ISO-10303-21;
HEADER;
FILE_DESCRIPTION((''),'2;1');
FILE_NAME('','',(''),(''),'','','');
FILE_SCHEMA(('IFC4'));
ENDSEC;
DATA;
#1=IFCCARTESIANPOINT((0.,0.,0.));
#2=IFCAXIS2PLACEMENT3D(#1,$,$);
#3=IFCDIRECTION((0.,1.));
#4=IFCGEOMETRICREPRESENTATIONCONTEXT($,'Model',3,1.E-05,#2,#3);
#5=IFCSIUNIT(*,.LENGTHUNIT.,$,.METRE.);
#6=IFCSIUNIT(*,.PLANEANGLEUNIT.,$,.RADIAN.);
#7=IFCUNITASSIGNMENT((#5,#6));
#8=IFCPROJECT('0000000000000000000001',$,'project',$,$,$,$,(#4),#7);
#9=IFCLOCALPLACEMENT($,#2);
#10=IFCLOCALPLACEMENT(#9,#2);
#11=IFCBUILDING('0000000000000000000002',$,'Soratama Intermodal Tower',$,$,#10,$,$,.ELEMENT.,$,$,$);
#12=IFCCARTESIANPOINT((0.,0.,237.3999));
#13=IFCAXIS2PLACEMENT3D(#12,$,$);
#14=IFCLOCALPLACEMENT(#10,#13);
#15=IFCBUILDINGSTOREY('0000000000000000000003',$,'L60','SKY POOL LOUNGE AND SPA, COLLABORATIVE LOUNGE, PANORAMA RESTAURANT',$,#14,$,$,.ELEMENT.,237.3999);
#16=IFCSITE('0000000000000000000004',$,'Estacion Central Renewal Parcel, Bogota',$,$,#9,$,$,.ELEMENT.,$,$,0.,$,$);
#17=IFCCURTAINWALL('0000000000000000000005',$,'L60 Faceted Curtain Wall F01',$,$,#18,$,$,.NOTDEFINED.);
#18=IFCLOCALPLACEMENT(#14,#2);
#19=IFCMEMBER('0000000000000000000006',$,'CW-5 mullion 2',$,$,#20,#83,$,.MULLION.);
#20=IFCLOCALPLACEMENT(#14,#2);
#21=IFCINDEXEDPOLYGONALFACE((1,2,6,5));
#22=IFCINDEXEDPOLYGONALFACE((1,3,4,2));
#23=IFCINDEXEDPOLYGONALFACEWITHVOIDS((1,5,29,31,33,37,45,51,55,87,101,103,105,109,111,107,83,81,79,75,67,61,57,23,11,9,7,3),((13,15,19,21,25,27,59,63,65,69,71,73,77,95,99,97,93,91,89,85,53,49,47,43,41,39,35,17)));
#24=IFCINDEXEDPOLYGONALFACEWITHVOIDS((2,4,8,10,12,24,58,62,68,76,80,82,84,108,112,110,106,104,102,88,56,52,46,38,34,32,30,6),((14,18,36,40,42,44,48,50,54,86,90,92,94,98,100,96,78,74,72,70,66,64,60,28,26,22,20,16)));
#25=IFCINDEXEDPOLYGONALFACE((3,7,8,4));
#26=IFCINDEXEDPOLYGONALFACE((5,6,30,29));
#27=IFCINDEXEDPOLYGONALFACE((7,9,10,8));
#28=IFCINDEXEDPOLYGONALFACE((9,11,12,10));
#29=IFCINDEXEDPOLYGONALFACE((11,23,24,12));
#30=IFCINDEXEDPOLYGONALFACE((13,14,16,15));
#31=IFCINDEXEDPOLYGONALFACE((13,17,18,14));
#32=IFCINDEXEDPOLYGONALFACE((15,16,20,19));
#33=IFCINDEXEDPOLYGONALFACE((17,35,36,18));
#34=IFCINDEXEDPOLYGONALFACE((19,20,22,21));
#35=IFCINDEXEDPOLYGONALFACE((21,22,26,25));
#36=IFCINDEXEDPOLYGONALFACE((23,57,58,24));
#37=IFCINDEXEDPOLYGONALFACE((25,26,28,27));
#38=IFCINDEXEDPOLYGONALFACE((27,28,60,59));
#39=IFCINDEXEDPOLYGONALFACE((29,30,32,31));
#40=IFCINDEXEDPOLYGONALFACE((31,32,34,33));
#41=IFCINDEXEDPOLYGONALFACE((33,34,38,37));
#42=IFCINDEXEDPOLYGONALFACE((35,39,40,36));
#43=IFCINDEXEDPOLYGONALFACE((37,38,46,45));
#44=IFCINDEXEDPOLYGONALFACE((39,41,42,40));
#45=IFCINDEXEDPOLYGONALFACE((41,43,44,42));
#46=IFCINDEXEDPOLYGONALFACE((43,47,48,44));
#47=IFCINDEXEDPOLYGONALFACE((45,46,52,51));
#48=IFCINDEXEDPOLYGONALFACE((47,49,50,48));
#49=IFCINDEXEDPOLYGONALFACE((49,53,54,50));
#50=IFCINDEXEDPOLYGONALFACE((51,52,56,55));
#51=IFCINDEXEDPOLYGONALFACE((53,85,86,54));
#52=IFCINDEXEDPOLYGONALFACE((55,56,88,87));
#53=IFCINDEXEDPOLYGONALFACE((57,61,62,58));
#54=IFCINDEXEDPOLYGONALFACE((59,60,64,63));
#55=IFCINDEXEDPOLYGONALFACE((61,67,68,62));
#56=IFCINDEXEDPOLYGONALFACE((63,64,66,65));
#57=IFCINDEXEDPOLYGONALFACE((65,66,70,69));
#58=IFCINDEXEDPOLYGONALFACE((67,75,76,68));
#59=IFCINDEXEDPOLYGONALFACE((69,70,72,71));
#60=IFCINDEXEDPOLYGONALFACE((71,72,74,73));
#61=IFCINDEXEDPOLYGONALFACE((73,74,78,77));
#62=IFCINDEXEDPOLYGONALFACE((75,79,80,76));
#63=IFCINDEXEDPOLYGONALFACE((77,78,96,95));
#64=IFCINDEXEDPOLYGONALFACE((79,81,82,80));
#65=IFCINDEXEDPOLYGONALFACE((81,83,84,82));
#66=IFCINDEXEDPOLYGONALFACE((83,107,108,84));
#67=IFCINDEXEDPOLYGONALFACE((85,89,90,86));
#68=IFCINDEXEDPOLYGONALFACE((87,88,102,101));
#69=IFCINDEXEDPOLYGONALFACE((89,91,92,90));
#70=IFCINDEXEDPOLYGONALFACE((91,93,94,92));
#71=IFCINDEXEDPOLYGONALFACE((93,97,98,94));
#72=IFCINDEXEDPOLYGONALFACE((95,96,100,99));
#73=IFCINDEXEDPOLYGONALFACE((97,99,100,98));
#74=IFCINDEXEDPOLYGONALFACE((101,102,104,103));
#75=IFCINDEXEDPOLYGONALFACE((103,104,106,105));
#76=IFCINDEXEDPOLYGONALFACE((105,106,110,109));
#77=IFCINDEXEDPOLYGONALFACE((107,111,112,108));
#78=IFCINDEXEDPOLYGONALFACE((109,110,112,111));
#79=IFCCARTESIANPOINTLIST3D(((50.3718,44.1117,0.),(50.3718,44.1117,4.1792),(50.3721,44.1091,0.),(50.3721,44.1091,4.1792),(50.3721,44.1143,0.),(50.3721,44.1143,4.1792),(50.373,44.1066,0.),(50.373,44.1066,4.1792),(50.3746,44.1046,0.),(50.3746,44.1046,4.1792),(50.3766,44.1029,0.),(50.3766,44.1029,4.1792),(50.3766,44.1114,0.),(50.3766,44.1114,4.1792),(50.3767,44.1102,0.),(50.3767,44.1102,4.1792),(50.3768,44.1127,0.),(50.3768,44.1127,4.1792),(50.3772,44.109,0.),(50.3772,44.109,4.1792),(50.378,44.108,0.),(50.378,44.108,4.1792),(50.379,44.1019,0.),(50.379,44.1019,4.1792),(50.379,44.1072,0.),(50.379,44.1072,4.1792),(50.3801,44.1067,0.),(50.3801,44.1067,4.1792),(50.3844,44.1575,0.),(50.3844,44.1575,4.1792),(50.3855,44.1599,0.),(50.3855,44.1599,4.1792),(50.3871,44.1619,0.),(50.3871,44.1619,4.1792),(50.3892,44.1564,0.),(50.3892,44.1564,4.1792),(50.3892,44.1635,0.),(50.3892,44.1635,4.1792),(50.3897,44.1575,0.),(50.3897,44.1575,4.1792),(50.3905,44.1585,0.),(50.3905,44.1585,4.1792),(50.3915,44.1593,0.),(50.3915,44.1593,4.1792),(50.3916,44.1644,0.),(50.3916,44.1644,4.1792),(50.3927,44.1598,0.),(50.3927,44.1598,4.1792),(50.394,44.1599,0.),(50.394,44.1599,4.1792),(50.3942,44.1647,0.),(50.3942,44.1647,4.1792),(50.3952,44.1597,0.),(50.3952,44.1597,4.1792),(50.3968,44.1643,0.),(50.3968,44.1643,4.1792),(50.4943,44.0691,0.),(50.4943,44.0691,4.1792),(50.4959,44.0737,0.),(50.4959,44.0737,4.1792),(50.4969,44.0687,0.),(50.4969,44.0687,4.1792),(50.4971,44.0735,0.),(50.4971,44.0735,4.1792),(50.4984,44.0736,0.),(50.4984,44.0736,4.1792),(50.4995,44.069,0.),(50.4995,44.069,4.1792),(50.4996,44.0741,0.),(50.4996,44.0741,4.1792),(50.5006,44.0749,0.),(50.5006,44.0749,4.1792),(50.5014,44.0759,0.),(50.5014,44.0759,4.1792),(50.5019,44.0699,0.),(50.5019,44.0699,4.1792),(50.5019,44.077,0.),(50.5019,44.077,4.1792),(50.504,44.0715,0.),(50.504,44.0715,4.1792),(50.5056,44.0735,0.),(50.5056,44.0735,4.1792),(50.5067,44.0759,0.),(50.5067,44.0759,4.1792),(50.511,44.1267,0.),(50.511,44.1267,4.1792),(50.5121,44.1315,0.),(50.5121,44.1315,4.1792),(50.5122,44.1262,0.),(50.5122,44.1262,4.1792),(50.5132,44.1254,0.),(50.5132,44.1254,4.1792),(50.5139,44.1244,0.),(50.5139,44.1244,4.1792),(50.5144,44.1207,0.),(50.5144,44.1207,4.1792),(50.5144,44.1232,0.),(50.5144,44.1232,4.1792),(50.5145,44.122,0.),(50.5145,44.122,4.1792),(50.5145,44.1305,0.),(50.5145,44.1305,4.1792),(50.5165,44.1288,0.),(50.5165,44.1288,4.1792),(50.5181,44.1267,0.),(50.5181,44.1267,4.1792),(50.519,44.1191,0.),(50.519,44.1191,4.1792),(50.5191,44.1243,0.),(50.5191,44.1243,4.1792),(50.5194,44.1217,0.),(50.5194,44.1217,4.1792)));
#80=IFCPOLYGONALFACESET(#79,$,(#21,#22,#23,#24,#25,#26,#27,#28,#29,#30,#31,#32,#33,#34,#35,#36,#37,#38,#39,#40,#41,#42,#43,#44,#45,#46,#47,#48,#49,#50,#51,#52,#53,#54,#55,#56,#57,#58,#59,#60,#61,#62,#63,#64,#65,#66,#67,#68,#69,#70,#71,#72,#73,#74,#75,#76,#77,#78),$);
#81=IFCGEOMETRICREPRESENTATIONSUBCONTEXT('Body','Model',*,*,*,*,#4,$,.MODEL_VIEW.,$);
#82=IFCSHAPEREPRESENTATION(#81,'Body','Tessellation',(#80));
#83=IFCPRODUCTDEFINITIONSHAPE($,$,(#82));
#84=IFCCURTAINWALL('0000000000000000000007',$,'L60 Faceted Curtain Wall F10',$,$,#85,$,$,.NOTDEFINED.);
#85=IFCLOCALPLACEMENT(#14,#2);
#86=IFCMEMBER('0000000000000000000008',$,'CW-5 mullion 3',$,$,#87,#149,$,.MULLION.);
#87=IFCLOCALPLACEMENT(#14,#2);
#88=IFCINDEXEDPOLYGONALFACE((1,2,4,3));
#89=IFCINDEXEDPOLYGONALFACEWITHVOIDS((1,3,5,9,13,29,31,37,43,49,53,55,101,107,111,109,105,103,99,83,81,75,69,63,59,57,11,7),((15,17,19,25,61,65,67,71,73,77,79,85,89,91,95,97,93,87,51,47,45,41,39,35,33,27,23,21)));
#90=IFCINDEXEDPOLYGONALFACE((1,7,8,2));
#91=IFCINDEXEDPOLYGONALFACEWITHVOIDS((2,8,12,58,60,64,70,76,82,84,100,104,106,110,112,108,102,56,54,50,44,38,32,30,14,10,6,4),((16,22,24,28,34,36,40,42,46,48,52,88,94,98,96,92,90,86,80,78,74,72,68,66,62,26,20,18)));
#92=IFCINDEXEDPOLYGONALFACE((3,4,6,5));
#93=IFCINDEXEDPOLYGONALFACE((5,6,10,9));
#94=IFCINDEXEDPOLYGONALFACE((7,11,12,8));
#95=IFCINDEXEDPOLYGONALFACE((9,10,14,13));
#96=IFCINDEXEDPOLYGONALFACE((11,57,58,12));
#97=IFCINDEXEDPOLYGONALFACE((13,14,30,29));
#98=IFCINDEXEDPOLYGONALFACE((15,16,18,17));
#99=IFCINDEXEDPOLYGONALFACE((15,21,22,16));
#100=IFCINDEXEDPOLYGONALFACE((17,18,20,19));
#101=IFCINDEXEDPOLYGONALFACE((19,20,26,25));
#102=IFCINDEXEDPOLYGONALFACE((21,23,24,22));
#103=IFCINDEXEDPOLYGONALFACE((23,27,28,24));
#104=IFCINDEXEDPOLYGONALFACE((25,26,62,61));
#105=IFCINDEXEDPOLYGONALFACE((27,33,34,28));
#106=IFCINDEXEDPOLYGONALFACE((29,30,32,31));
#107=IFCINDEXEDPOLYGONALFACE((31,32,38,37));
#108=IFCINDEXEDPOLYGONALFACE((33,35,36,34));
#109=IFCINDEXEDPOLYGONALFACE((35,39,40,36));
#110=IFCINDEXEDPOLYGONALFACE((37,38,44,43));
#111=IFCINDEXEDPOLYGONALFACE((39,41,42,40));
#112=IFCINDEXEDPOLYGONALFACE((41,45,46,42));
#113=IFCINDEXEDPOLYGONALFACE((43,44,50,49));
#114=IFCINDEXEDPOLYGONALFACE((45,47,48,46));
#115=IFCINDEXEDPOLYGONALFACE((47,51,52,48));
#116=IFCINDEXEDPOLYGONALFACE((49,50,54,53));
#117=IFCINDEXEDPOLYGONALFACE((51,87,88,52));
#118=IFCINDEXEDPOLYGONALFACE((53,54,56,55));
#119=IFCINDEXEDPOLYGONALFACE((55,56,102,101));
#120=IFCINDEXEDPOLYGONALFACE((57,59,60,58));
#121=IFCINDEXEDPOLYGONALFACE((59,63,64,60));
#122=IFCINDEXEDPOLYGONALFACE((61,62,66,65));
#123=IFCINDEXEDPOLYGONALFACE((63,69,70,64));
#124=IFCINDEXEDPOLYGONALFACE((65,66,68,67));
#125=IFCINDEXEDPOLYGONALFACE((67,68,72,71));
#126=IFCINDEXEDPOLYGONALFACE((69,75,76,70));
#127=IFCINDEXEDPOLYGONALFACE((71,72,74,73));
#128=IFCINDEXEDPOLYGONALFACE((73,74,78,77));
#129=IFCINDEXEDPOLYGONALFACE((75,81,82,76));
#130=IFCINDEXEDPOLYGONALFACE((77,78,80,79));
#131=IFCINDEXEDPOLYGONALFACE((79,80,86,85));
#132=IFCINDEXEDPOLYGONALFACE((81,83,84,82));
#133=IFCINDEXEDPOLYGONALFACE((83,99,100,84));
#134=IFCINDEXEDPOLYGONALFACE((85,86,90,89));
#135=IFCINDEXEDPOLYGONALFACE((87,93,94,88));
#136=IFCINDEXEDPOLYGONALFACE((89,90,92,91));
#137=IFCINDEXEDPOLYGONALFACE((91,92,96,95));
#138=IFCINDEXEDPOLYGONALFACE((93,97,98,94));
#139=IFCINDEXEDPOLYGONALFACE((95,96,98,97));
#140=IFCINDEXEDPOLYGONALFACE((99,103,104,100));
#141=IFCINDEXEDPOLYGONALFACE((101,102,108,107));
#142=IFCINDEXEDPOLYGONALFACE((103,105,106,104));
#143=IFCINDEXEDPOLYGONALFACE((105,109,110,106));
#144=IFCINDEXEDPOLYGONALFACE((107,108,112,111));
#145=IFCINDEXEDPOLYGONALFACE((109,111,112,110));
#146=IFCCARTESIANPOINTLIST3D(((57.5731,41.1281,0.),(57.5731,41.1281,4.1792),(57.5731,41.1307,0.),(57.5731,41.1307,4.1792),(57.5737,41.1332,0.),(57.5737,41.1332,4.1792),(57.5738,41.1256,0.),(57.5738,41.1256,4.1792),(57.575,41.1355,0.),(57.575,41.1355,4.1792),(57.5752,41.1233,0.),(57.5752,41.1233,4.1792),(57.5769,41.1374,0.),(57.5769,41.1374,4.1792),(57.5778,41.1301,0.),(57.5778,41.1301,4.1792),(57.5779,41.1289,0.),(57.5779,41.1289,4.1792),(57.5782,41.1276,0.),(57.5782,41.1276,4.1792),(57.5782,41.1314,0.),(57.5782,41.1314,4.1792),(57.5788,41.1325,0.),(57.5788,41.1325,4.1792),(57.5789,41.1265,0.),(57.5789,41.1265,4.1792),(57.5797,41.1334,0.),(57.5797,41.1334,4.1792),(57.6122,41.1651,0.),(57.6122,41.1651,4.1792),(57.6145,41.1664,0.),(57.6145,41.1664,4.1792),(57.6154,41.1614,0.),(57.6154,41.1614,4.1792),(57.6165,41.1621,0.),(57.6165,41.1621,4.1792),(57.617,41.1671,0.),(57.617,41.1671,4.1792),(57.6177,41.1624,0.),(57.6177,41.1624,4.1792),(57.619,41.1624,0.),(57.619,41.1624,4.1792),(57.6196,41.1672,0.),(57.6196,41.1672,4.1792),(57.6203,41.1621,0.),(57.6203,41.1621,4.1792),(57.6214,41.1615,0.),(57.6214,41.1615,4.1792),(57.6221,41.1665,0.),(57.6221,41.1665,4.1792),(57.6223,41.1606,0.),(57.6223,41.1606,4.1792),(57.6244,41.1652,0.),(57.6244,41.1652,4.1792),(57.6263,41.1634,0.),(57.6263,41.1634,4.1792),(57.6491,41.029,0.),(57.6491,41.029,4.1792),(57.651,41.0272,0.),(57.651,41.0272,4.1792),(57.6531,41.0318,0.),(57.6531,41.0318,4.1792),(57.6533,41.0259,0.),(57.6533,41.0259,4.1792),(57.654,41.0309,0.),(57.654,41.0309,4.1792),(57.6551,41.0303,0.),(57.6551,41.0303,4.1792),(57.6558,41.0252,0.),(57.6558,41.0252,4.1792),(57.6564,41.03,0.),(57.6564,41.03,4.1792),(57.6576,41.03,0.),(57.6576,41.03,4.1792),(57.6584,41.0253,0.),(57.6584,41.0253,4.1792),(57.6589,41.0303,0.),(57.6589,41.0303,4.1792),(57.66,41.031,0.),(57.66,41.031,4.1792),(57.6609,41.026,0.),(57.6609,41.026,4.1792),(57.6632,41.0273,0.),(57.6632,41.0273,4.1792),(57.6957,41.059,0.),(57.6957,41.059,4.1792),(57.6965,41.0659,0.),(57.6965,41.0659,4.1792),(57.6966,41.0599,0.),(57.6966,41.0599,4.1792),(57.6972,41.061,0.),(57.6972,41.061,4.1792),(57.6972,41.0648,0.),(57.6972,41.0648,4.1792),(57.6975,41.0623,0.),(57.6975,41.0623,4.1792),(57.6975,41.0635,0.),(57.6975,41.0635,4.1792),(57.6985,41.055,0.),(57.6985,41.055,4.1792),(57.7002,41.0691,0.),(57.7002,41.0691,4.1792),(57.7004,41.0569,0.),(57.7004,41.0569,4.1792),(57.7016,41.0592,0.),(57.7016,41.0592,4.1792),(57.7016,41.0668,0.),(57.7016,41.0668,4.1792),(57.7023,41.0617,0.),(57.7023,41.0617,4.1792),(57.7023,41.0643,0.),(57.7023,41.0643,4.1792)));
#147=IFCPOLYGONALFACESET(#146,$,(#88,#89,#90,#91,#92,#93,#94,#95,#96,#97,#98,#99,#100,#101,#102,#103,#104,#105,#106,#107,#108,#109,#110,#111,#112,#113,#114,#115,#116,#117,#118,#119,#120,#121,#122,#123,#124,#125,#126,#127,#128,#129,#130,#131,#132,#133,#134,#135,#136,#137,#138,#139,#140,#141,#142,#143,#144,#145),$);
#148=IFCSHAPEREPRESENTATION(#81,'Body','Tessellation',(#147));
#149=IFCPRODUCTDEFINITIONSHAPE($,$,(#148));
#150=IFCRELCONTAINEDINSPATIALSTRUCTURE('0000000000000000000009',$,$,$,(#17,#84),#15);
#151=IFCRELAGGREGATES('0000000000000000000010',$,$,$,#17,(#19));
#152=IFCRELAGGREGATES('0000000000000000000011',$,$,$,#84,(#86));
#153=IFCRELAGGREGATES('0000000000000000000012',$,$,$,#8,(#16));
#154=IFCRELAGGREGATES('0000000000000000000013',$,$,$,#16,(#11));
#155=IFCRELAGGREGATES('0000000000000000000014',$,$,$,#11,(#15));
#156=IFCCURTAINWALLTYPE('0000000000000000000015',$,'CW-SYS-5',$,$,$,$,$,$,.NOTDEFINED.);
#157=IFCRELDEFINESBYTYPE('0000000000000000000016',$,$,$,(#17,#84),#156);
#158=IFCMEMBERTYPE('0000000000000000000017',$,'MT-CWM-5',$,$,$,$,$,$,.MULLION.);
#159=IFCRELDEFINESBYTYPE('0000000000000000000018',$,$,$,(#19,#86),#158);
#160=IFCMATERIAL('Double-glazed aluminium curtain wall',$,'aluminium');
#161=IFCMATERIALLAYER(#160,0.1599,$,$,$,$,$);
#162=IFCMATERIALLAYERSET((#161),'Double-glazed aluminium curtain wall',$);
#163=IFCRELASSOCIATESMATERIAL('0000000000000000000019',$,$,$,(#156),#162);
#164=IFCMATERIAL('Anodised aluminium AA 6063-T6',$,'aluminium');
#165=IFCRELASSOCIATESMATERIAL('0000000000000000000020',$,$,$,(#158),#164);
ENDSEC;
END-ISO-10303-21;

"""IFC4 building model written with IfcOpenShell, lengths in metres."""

from ifc_helpers import new_model, si_unit, direction, frame, origin, origin_2d, place, context, subcontext, project, spatial, hollow_rectangle, extrude, material, layer, layer_set, material_profile, profile_set, type_object, element, aggregate, save


model = new_model("IFC4")

# Units and contexts
model_context = context("Model", 3, precision=1e-05, world=origin(), true_north=direction((0.0, 1.0)))
body_context = subcontext(model_context, "Body", "Model", "MODEL_VIEW")
ifc_project = project(units=[si_unit("LENGTHUNIT", "METRE"), si_unit("PLANEANGLEUNIT", "RADIAN")], contexts=[model_context])

# Site, building, storey
site_placement = place(None, origin())
site = spatial("IfcSite", under=ifc_project, at=site_placement, Name="Estacion Central Renewal Parcel, Bogota", CompositionType="ELEMENT", RefElevation=0.0)
building_placement = place(site_placement, origin())
building = spatial("IfcBuilding", under=site, at=building_placement, Name="Soratama Intermodal Tower", CompositionType="ELEMENT")
storey_placement = place(building_placement, frame((0.0, 0.0, 237.3999)))
storey = spatial("IfcBuildingStorey", under=building, at=storey_placement, Name="L60", Description="SKY POOL LOUNGE AND SPA, COLLABORATIVE LOUNGE, PANORAMA RESTAURANT", CompositionType="ELEMENT", Elevation=237.3999)

# Curtain wall, member
ifc_material_1 = material(Name="Double-glazed aluminium curtain wall", Category="aluminium")
ifc_layer_1 = layer(ifc_material_1, 0.1599)
ifc_layer_set_1 = layer_set([ifc_layer_1], Name="Double-glazed aluminium curtain wall")
curtain_wall_type = type_object("IfcCurtainWallType", Name="CW-SYS-5", PredefinedType="NOTDEFINED", material=ifc_layer_set_1)
curtain_wall_1_placement = place(storey_placement, origin())
curtain_wall_1 = element("IfcCurtainWall", 1, at=curtain_wall_1_placement, inside=storey, type_object=curtain_wall_type, Name="L60 Faceted Curtain Wall F01", PredefinedType="NOTDEFINED")
ifc_material_2 = material(Name="Anodised aluminium AA 6063-T6", Category="aluminium")
ifc_material_profile_1 = material_profile(ifc_material_2, hollow_rectangle(XDim=0.0649, YDim=0.1399, WallThickness=0.0049, InnerFilletRadius=0.0049, OuterFilletRadius=0.01, at=origin_2d()), Name="CWM140X65X5")
ifc_profile_set_1 = profile_set([ifc_material_profile_1], Name="Anodised aluminium AA 6063-T6")
member_type_1 = type_object("IfcMemberType", Name="MT-CWM-5", PredefinedType="MULLION", material=ifc_profile_set_1)
member_1_placement = place(storey_placement, frame((50.4456, 44.1167, 0.0), z_axis=(0.0, 0.0, 1.0), x_axis=(-0.273963, -0.96174, 0.0)))
member_1 = element("IfcMember", 2, at=member_1_placement, type_object=member_type_1, Name="CW-5 mullion 2", PredefinedType="MULLION", context=body_context, shape_type="SweptSolid", body=[
    extrude(hollow_rectangle(XDim=0.0649, YDim=0.1399, WallThickness=0.0049, InnerFilletRadius=0.0049, OuterFilletRadius=0.01, at=origin_2d()), origin(), (0.0, 0.0, 1.0), 4.1792),
])

# Curtain wall, member
curtain_wall_2_placement = place(storey_placement, origin())
curtain_wall_2 = element("IfcCurtainWall", 3, at=curtain_wall_2_placement, inside=storey, type_object=curtain_wall_type, Name="L60 Faceted Curtain Wall F10", PredefinedType="NOTDEFINED")
member_2_placement = place(storey_placement, frame((57.6377, 41.0962, 0.0), z_axis=(0.0, 0.0, 1.0), x_axis=(-0.786935, -0.617036, 0.0)))
member_2 = element("IfcMember", 4, at=member_2_placement, type_object=member_type_1, Name="CW-5 mullion 3", PredefinedType="MULLION", context=body_context, shape_type="SweptSolid", body=[
    extrude(hollow_rectangle(XDim=0.0649, YDim=0.1399, WallThickness=0.0049, InnerFilletRadius=0.0049, OuterFilletRadius=0.01, at=origin_2d()), origin(), (0.0, 0.0, 1.0), 4.1792),
])

aggregate(curtain_wall_1, [member_1])
aggregate(curtain_wall_2, [member_2])

save(model, "model.ifc")
